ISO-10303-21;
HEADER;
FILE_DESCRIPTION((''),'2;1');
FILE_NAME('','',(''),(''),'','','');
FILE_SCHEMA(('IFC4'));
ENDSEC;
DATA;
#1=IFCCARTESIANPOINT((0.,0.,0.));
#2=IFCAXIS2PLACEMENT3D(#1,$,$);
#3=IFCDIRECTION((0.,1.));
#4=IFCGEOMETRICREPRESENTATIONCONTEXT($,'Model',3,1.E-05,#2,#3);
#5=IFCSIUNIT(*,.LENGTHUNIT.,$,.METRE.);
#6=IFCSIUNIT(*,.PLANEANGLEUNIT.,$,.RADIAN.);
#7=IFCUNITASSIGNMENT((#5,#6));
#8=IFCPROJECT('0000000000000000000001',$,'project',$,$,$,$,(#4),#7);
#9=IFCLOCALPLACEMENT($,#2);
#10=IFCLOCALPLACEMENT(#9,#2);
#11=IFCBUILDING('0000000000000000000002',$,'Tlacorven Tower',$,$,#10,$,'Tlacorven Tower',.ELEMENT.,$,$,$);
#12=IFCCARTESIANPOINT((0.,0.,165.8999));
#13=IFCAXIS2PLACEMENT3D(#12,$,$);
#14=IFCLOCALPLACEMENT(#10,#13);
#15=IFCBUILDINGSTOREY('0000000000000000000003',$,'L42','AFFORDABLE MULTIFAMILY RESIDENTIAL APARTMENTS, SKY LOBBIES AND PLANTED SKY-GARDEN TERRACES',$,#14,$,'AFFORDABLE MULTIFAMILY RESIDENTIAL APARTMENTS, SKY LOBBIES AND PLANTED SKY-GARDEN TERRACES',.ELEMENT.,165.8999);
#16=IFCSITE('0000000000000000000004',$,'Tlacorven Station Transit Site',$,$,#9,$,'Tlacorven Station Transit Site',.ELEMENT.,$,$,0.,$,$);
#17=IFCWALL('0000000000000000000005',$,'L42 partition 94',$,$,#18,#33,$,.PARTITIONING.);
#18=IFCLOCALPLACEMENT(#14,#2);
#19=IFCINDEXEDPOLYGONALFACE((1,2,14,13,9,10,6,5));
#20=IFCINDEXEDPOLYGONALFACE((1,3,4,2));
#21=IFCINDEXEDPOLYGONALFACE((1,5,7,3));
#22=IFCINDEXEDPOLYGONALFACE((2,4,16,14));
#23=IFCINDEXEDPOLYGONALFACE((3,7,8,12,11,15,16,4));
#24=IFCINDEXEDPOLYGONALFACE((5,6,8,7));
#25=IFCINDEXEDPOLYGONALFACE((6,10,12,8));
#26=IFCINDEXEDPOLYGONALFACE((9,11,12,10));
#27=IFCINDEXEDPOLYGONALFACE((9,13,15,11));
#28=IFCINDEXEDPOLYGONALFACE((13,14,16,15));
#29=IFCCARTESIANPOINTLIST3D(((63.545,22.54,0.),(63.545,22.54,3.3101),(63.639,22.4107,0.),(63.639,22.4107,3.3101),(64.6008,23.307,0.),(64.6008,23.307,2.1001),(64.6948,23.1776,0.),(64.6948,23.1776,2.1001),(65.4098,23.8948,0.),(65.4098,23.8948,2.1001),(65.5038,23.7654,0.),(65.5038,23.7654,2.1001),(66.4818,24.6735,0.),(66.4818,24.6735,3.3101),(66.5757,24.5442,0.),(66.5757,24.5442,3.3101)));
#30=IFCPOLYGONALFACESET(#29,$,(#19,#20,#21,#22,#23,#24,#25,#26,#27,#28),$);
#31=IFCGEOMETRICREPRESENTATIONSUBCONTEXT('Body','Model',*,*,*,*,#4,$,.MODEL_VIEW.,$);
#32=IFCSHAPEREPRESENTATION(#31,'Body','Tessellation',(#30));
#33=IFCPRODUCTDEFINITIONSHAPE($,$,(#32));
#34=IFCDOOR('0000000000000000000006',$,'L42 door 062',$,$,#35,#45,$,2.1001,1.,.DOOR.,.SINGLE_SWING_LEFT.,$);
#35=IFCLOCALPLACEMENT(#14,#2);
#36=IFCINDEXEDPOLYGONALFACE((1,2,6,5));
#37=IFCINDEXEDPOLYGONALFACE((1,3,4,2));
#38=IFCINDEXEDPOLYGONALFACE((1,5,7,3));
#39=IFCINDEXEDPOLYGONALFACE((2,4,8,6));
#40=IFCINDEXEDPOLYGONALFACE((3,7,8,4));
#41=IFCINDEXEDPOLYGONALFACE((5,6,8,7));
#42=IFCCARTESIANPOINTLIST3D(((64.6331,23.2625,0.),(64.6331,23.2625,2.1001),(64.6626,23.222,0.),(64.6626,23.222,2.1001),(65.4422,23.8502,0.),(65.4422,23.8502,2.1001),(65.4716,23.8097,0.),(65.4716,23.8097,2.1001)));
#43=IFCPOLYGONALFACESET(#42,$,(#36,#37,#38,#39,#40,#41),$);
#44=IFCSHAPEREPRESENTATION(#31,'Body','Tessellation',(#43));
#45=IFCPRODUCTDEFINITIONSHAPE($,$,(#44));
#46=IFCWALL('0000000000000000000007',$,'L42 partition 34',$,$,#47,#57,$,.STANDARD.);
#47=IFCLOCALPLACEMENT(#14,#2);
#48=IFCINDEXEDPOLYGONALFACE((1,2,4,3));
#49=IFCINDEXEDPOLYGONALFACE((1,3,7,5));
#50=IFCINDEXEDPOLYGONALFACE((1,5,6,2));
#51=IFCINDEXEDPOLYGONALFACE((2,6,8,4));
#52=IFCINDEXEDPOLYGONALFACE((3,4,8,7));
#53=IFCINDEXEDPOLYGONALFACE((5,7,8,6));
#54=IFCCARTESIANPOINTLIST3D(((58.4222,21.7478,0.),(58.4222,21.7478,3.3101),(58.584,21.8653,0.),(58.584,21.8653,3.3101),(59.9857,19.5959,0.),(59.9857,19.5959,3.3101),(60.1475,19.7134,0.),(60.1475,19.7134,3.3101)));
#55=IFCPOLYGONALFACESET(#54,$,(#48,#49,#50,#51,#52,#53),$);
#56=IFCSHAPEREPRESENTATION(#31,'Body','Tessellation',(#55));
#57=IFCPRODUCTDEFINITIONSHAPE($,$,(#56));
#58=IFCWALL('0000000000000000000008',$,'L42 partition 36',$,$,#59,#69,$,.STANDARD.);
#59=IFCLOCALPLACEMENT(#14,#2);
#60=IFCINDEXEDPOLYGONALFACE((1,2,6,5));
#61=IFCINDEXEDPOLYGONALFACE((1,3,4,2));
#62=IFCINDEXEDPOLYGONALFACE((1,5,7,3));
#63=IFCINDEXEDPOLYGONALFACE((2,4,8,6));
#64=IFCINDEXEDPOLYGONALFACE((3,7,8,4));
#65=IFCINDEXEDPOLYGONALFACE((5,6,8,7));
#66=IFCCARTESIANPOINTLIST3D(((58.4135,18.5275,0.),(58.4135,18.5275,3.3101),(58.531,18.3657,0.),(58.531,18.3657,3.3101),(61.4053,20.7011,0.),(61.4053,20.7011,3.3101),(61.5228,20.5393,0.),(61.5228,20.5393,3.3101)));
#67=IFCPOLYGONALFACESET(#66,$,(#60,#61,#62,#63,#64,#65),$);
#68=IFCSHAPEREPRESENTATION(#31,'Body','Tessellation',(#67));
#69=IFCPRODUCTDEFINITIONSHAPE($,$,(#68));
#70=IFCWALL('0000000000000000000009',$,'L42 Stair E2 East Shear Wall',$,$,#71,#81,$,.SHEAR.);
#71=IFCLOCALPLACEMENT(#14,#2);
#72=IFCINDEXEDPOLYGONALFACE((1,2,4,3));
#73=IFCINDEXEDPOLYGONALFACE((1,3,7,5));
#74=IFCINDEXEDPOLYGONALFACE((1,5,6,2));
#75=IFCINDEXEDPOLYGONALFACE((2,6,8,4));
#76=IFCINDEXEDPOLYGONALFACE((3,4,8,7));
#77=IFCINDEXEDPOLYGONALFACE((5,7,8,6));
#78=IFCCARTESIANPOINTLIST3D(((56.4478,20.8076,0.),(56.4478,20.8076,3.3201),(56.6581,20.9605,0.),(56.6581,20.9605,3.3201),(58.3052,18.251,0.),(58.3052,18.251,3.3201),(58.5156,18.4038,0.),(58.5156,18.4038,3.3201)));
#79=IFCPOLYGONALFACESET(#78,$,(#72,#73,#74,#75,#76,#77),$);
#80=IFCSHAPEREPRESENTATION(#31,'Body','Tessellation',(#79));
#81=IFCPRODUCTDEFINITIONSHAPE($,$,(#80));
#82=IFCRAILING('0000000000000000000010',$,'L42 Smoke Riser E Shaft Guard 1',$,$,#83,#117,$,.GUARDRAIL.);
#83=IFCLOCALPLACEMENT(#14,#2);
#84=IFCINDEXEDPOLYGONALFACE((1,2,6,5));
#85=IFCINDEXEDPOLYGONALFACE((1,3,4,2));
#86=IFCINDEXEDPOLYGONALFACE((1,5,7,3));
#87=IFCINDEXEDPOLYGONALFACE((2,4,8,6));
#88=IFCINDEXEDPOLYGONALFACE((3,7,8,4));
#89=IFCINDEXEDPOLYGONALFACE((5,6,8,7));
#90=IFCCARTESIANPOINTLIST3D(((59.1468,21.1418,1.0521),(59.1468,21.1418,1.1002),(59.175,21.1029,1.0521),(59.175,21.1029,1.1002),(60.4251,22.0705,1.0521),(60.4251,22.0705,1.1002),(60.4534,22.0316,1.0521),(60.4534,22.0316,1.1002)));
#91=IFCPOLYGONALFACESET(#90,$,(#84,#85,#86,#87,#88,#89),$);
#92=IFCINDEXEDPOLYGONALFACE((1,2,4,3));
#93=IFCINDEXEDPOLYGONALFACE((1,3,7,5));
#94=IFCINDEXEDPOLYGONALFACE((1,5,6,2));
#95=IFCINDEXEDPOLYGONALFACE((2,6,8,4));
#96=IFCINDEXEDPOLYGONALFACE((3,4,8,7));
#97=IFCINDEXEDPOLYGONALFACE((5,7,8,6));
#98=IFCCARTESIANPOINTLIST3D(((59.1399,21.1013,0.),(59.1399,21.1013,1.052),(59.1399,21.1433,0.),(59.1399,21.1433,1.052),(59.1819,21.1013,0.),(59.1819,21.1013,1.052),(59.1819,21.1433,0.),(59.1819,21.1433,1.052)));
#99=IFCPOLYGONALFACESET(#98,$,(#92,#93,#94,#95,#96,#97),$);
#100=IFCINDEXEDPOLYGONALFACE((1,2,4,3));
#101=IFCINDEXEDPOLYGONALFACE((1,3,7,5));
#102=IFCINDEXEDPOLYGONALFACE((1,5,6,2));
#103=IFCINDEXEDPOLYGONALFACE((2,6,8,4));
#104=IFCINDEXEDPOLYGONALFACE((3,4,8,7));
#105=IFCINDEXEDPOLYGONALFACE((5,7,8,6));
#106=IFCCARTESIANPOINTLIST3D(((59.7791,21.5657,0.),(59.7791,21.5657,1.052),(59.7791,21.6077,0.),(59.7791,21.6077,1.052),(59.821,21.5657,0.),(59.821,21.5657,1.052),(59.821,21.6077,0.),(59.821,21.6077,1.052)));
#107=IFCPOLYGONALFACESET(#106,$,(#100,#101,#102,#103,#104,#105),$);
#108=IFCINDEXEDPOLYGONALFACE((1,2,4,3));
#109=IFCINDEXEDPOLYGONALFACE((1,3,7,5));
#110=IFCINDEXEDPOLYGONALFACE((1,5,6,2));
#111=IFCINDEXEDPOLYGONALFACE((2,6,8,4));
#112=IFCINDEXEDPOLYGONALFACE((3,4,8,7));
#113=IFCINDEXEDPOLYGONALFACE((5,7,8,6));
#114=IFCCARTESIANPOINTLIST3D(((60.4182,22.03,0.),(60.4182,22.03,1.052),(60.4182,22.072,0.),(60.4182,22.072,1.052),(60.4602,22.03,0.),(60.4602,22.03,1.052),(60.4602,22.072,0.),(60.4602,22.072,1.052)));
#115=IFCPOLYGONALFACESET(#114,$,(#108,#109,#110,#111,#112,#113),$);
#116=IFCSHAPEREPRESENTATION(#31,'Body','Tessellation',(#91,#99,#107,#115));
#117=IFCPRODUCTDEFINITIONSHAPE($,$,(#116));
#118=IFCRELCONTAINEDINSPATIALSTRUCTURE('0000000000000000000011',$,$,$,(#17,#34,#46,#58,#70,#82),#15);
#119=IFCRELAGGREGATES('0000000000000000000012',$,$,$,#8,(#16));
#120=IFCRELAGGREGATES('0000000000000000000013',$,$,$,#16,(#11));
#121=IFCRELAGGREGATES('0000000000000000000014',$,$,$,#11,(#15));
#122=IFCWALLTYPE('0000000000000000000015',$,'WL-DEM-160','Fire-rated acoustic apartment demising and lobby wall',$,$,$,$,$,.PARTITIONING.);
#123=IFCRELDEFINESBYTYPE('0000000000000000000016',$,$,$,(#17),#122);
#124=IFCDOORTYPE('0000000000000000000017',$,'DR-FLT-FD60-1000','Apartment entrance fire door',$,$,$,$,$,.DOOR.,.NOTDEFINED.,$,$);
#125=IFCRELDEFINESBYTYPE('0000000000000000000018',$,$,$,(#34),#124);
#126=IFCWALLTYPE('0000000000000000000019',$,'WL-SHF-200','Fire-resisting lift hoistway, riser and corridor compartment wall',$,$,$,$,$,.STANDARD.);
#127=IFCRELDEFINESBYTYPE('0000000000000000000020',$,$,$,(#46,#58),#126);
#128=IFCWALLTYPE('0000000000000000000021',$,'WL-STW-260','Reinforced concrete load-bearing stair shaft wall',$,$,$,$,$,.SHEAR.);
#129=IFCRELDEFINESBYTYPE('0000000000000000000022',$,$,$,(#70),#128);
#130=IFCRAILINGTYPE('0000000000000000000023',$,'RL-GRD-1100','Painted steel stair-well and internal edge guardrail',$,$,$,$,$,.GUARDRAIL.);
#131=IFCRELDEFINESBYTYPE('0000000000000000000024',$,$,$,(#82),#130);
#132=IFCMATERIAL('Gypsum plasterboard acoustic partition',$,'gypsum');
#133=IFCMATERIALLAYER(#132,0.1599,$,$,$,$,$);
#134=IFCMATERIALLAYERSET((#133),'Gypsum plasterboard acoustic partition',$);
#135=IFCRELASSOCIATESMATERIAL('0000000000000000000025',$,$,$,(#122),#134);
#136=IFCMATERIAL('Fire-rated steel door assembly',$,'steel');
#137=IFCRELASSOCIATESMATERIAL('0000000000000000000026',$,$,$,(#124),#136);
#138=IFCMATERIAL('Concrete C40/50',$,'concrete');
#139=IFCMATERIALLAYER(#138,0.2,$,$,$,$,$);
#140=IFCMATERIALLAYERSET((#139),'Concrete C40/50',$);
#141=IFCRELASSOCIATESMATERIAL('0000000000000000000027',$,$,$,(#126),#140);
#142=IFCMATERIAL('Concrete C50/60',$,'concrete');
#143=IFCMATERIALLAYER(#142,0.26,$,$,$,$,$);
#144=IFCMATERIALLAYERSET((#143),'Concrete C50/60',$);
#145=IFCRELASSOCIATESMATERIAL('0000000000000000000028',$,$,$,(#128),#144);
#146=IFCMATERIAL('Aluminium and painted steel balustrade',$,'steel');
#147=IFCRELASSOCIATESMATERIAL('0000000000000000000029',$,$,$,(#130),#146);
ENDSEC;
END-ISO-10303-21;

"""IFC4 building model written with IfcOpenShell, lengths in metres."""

from ifc_helpers import new_model, si_unit, direction, frame, frame_2d, origin, origin_2d, place, context, subcontext, project, spatial, rectangle, extrude, source, transform, mapped, material, layer, layer_set, type_object, element, fill, save


model = new_model("IFC4")

# Units and contexts
model_context = context("Model", 3, precision=1e-05, world=origin(), true_north=direction((0.0, 1.0)))
body_context = subcontext(model_context, "Body", "Model", "MODEL_VIEW")
ifc_project = project(units=[si_unit("LENGTHUNIT", "METRE"), si_unit("PLANEANGLEUNIT", "RADIAN")], contexts=[model_context])

# Site, building, storey
site_placement = place(None, origin())
site = spatial("IfcSite", under=ifc_project, at=site_placement, Name="Tlacorven Station Transit Site", LongName="Tlacorven Station Transit Site", CompositionType="ELEMENT", RefElevation=0.0)
building_placement = place(site_placement, origin())
building = spatial("IfcBuilding", under=site, at=building_placement, Name="Tlacorven Tower", LongName="Tlacorven Tower", CompositionType="ELEMENT")
storey_placement = place(building_placement, frame((0.0, 0.0, 165.8999)))
storey = spatial("IfcBuildingStorey", under=building, at=storey_placement, Name="L42", Description="AFFORDABLE MULTIFAMILY RESIDENTIAL APARTMENTS, SKY LOBBIES AND PLANTED SKY-GARDEN TERRACES", LongName="AFFORDABLE MULTIFAMILY RESIDENTIAL APARTMENTS, SKY LOBBIES AND PLANTED SKY-GARDEN TERRACES", CompositionType="ELEMENT", Elevation=165.8999)

# Wall, opening, door
ifc_material_1 = material(Name="Gypsum plasterboard acoustic partition", Category="gypsum")
ifc_layer_1 = layer(ifc_material_1, 0.1599)
ifc_layer_set_1 = layer_set([ifc_layer_1], Name="Gypsum plasterboard acoustic partition")
wall_type_1 = type_object("IfcWallType", Name="WL-DEM-160", Description="Fire-rated acoustic apartment demising and lobby wall", PredefinedType="PARTITIONING", material=ifc_layer_set_1)
wall_1_placement = place(storey_placement, frame((63.592, 22.4753, 0.0), z_axis=(0.0, 0.0, 1.0), x_axis=(0.809036, 0.58776, 0.0)))
wall_1 = element("IfcWall", 1, at=wall_1_placement, inside=storey, type_object=wall_type_1, Name="L42 partition 94", PredefinedType="PARTITIONING", context=body_context, shape_type="SweptSolid", body=[
    extrude(rectangle(XDim=3.6299, YDim=0.1599, at=frame_2d((1.8149, 0.0))), origin(), (0.0, 0.0, 1.0), 3.3101),
])
opening_placement = place(wall_1_placement, frame((1.3049, 0.0, 0.0)))
opening = element("IfcOpeningElement", 2, at=opening_placement, cuts=wall_1, PredefinedType="OPENING", context=body_context, shape_type="SweptSolid", body=[
    extrude(rectangle(XDim=1.0, YDim=2.1001, at=frame_2d((0.5, 1.05))), frame((0.0, 0.0898, 0.0), z_axis=(0.0, -1.0, 0.0), x_axis=(1.0, 0.0, 0.0)), (0.0, 0.0, 1.0), 0.1799),
])
ifc_material_2 = material(Name="Fire-rated steel door assembly", Category="steel")
door_type = type_object("IfcDoorType", Name="DR-FLT-FD60-1000", Description="Apartment entrance fire door", OperationType="NOTDEFINED", PredefinedType="DOOR", material=ifc_material_2)
shared_shape_1 = source(origin(), body_context, "Body", "SweptSolid", [
    extrude(rectangle(XDim=1.0, YDim=2.1001, at=frame_2d((0.5, 1.05))), frame((0.0, 0.0249, 0.0), z_axis=(0.0, -1.0, 0.0), x_axis=(1.0, 0.0, 0.0)), (0.0, 0.0, 1.0), 0.05),
])
door_placement = place(opening_placement, origin())
door = element("IfcDoor", 3, at=door_placement, inside=storey, type_object=door_type, Name="L42 door 062", OperationType="SINGLE_SWING_LEFT", OverallHeight=2.1001, OverallWidth=1.0, PredefinedType="DOOR", context=body_context, shape_type="MappedRepresentation", body=[
    mapped(shared_shape_1, transform((0.0, 0.0, 0.0), scale=1.0)),
])
fill(opening, door)

# Walls
ifc_material_3 = material(Name="Concrete C40/50", Category="concrete")
ifc_layer_2 = layer(ifc_material_3, 0.2)
ifc_layer_set_2 = layer_set([ifc_layer_2], Name="Concrete C40/50")
wall_type_2 = type_object("IfcWallType", Name="WL-SHF-200", Description="Fire-resisting lift hoistway, riser and corridor compartment wall", PredefinedType="STANDARD", material=ifc_layer_set_2)
wall_2_placement = place(storey_placement, frame((60.0667, 19.6545, 0.0), z_axis=(0.0, 0.0, 1.0), x_axis=(-0.587801, 0.809006, 0.0)))
element("IfcWall", 4, at=wall_2_placement, inside=storey, type_object=wall_type_2, Name="L42 partition 34", PredefinedType="STANDARD", context=body_context, shape_type="SweptSolid", body=[
    extrude(rectangle(XDim=2.6599, YDim=0.2, at=frame_2d((1.3301, 0.0))), origin(), (0.0, 0.0, 1.0), 3.3101),
])
wall_3_placement = place(storey_placement, frame((58.4722, 18.4465, 0.0), z_axis=(0.0, 0.0, 1.0), x_axis=(0.809019, 0.587783, 0.0)))
element("IfcWall", 5, at=wall_3_placement, inside=storey, type_object=wall_type_2, Name="L42 partition 36", PredefinedType="STANDARD", context=body_context, shape_type="SweptSolid", body=[
    extrude(rectangle(XDim=3.698, YDim=0.2, at=frame_2d((1.8491, 0.0))), origin(), (0.0, 0.0, 1.0), 3.3101),
])
ifc_material_4 = material(Name="Concrete C50/60", Category="concrete")
ifc_layer_3 = layer(ifc_material_4, 0.26)
ifc_layer_set_3 = layer_set([ifc_layer_3], Name="Concrete C50/60")
wall_type_3 = type_object("IfcWallType", Name="WL-STW-260", Description="Reinforced concrete load-bearing stair shaft wall", PredefinedType="SHEAR", material=ifc_layer_set_3)
wall_4_placement = place(storey_placement, frame((58.4104, 18.3274, 0.0), z_axis=(0.0, 0.0, 1.0), x_axis=(-0.587767, 0.80903, 0.0)))
element("IfcWall", 6, at=wall_4_placement, inside=storey, type_object=wall_type_3, Name="L42 Stair E2 East Shear Wall", PredefinedType="SHEAR", context=body_context, shape_type="SweptSolid", body=[
    extrude(rectangle(XDim=3.1602, YDim=0.26, at=frame_2d((1.5801, 0.0))), origin(), (0.0, 0.0, 1.0), 3.3201),
])

# Railing
ifc_material_5 = material(Name="Aluminium and painted steel balustrade", Category="steel")
railing_type = type_object("IfcRailingType", Name="RL-GRD-1100", Description="Painted steel stair-well and internal edge guardrail", PredefinedType="GUARDRAIL", material=ifc_material_5)
shared_shape_2 = source(origin(), body_context, "Body", "SweptSolid", [
    extrude(rectangle(XDim=0.0481, YDim=0.0481, at=origin_2d()), frame((0.0, 0.0, 1.0762), z_axis=(0.80903, 0.587767, 0.0), x_axis=(-0.587767, 0.80903, 0.0)), (0.0, 0.0, 1.0), 1.5801),
    extrude(rectangle(XDim=0.042, YDim=0.042, at=origin_2d()), origin(), (0.0, 0.0, 1.0), 1.052),
    extrude(rectangle(XDim=0.042, YDim=0.042, at=origin_2d()), frame((0.6392, 0.4644, 0.0)), (0.0, 0.0, 1.0), 1.052),
    extrude(rectangle(XDim=0.042, YDim=0.042, at=origin_2d()), frame((1.2783, 0.9287, 0.0)), (0.0, 0.0, 1.0), 1.052),
])
railing_placement = place(storey_placement, frame((59.1609, 21.1223, 0.0)))
element("IfcRailing", 7, at=railing_placement, inside=storey, type_object=railing_type, Name="L42 Smoke Riser E Shaft Guard 1", PredefinedType="GUARDRAIL", context=body_context, shape_type="MappedRepresentation", body=[
    mapped(shared_shape_2, transform((0.0, 0.0, 0.0), scale=1.0)),
])

save(model, "model.ifc")
